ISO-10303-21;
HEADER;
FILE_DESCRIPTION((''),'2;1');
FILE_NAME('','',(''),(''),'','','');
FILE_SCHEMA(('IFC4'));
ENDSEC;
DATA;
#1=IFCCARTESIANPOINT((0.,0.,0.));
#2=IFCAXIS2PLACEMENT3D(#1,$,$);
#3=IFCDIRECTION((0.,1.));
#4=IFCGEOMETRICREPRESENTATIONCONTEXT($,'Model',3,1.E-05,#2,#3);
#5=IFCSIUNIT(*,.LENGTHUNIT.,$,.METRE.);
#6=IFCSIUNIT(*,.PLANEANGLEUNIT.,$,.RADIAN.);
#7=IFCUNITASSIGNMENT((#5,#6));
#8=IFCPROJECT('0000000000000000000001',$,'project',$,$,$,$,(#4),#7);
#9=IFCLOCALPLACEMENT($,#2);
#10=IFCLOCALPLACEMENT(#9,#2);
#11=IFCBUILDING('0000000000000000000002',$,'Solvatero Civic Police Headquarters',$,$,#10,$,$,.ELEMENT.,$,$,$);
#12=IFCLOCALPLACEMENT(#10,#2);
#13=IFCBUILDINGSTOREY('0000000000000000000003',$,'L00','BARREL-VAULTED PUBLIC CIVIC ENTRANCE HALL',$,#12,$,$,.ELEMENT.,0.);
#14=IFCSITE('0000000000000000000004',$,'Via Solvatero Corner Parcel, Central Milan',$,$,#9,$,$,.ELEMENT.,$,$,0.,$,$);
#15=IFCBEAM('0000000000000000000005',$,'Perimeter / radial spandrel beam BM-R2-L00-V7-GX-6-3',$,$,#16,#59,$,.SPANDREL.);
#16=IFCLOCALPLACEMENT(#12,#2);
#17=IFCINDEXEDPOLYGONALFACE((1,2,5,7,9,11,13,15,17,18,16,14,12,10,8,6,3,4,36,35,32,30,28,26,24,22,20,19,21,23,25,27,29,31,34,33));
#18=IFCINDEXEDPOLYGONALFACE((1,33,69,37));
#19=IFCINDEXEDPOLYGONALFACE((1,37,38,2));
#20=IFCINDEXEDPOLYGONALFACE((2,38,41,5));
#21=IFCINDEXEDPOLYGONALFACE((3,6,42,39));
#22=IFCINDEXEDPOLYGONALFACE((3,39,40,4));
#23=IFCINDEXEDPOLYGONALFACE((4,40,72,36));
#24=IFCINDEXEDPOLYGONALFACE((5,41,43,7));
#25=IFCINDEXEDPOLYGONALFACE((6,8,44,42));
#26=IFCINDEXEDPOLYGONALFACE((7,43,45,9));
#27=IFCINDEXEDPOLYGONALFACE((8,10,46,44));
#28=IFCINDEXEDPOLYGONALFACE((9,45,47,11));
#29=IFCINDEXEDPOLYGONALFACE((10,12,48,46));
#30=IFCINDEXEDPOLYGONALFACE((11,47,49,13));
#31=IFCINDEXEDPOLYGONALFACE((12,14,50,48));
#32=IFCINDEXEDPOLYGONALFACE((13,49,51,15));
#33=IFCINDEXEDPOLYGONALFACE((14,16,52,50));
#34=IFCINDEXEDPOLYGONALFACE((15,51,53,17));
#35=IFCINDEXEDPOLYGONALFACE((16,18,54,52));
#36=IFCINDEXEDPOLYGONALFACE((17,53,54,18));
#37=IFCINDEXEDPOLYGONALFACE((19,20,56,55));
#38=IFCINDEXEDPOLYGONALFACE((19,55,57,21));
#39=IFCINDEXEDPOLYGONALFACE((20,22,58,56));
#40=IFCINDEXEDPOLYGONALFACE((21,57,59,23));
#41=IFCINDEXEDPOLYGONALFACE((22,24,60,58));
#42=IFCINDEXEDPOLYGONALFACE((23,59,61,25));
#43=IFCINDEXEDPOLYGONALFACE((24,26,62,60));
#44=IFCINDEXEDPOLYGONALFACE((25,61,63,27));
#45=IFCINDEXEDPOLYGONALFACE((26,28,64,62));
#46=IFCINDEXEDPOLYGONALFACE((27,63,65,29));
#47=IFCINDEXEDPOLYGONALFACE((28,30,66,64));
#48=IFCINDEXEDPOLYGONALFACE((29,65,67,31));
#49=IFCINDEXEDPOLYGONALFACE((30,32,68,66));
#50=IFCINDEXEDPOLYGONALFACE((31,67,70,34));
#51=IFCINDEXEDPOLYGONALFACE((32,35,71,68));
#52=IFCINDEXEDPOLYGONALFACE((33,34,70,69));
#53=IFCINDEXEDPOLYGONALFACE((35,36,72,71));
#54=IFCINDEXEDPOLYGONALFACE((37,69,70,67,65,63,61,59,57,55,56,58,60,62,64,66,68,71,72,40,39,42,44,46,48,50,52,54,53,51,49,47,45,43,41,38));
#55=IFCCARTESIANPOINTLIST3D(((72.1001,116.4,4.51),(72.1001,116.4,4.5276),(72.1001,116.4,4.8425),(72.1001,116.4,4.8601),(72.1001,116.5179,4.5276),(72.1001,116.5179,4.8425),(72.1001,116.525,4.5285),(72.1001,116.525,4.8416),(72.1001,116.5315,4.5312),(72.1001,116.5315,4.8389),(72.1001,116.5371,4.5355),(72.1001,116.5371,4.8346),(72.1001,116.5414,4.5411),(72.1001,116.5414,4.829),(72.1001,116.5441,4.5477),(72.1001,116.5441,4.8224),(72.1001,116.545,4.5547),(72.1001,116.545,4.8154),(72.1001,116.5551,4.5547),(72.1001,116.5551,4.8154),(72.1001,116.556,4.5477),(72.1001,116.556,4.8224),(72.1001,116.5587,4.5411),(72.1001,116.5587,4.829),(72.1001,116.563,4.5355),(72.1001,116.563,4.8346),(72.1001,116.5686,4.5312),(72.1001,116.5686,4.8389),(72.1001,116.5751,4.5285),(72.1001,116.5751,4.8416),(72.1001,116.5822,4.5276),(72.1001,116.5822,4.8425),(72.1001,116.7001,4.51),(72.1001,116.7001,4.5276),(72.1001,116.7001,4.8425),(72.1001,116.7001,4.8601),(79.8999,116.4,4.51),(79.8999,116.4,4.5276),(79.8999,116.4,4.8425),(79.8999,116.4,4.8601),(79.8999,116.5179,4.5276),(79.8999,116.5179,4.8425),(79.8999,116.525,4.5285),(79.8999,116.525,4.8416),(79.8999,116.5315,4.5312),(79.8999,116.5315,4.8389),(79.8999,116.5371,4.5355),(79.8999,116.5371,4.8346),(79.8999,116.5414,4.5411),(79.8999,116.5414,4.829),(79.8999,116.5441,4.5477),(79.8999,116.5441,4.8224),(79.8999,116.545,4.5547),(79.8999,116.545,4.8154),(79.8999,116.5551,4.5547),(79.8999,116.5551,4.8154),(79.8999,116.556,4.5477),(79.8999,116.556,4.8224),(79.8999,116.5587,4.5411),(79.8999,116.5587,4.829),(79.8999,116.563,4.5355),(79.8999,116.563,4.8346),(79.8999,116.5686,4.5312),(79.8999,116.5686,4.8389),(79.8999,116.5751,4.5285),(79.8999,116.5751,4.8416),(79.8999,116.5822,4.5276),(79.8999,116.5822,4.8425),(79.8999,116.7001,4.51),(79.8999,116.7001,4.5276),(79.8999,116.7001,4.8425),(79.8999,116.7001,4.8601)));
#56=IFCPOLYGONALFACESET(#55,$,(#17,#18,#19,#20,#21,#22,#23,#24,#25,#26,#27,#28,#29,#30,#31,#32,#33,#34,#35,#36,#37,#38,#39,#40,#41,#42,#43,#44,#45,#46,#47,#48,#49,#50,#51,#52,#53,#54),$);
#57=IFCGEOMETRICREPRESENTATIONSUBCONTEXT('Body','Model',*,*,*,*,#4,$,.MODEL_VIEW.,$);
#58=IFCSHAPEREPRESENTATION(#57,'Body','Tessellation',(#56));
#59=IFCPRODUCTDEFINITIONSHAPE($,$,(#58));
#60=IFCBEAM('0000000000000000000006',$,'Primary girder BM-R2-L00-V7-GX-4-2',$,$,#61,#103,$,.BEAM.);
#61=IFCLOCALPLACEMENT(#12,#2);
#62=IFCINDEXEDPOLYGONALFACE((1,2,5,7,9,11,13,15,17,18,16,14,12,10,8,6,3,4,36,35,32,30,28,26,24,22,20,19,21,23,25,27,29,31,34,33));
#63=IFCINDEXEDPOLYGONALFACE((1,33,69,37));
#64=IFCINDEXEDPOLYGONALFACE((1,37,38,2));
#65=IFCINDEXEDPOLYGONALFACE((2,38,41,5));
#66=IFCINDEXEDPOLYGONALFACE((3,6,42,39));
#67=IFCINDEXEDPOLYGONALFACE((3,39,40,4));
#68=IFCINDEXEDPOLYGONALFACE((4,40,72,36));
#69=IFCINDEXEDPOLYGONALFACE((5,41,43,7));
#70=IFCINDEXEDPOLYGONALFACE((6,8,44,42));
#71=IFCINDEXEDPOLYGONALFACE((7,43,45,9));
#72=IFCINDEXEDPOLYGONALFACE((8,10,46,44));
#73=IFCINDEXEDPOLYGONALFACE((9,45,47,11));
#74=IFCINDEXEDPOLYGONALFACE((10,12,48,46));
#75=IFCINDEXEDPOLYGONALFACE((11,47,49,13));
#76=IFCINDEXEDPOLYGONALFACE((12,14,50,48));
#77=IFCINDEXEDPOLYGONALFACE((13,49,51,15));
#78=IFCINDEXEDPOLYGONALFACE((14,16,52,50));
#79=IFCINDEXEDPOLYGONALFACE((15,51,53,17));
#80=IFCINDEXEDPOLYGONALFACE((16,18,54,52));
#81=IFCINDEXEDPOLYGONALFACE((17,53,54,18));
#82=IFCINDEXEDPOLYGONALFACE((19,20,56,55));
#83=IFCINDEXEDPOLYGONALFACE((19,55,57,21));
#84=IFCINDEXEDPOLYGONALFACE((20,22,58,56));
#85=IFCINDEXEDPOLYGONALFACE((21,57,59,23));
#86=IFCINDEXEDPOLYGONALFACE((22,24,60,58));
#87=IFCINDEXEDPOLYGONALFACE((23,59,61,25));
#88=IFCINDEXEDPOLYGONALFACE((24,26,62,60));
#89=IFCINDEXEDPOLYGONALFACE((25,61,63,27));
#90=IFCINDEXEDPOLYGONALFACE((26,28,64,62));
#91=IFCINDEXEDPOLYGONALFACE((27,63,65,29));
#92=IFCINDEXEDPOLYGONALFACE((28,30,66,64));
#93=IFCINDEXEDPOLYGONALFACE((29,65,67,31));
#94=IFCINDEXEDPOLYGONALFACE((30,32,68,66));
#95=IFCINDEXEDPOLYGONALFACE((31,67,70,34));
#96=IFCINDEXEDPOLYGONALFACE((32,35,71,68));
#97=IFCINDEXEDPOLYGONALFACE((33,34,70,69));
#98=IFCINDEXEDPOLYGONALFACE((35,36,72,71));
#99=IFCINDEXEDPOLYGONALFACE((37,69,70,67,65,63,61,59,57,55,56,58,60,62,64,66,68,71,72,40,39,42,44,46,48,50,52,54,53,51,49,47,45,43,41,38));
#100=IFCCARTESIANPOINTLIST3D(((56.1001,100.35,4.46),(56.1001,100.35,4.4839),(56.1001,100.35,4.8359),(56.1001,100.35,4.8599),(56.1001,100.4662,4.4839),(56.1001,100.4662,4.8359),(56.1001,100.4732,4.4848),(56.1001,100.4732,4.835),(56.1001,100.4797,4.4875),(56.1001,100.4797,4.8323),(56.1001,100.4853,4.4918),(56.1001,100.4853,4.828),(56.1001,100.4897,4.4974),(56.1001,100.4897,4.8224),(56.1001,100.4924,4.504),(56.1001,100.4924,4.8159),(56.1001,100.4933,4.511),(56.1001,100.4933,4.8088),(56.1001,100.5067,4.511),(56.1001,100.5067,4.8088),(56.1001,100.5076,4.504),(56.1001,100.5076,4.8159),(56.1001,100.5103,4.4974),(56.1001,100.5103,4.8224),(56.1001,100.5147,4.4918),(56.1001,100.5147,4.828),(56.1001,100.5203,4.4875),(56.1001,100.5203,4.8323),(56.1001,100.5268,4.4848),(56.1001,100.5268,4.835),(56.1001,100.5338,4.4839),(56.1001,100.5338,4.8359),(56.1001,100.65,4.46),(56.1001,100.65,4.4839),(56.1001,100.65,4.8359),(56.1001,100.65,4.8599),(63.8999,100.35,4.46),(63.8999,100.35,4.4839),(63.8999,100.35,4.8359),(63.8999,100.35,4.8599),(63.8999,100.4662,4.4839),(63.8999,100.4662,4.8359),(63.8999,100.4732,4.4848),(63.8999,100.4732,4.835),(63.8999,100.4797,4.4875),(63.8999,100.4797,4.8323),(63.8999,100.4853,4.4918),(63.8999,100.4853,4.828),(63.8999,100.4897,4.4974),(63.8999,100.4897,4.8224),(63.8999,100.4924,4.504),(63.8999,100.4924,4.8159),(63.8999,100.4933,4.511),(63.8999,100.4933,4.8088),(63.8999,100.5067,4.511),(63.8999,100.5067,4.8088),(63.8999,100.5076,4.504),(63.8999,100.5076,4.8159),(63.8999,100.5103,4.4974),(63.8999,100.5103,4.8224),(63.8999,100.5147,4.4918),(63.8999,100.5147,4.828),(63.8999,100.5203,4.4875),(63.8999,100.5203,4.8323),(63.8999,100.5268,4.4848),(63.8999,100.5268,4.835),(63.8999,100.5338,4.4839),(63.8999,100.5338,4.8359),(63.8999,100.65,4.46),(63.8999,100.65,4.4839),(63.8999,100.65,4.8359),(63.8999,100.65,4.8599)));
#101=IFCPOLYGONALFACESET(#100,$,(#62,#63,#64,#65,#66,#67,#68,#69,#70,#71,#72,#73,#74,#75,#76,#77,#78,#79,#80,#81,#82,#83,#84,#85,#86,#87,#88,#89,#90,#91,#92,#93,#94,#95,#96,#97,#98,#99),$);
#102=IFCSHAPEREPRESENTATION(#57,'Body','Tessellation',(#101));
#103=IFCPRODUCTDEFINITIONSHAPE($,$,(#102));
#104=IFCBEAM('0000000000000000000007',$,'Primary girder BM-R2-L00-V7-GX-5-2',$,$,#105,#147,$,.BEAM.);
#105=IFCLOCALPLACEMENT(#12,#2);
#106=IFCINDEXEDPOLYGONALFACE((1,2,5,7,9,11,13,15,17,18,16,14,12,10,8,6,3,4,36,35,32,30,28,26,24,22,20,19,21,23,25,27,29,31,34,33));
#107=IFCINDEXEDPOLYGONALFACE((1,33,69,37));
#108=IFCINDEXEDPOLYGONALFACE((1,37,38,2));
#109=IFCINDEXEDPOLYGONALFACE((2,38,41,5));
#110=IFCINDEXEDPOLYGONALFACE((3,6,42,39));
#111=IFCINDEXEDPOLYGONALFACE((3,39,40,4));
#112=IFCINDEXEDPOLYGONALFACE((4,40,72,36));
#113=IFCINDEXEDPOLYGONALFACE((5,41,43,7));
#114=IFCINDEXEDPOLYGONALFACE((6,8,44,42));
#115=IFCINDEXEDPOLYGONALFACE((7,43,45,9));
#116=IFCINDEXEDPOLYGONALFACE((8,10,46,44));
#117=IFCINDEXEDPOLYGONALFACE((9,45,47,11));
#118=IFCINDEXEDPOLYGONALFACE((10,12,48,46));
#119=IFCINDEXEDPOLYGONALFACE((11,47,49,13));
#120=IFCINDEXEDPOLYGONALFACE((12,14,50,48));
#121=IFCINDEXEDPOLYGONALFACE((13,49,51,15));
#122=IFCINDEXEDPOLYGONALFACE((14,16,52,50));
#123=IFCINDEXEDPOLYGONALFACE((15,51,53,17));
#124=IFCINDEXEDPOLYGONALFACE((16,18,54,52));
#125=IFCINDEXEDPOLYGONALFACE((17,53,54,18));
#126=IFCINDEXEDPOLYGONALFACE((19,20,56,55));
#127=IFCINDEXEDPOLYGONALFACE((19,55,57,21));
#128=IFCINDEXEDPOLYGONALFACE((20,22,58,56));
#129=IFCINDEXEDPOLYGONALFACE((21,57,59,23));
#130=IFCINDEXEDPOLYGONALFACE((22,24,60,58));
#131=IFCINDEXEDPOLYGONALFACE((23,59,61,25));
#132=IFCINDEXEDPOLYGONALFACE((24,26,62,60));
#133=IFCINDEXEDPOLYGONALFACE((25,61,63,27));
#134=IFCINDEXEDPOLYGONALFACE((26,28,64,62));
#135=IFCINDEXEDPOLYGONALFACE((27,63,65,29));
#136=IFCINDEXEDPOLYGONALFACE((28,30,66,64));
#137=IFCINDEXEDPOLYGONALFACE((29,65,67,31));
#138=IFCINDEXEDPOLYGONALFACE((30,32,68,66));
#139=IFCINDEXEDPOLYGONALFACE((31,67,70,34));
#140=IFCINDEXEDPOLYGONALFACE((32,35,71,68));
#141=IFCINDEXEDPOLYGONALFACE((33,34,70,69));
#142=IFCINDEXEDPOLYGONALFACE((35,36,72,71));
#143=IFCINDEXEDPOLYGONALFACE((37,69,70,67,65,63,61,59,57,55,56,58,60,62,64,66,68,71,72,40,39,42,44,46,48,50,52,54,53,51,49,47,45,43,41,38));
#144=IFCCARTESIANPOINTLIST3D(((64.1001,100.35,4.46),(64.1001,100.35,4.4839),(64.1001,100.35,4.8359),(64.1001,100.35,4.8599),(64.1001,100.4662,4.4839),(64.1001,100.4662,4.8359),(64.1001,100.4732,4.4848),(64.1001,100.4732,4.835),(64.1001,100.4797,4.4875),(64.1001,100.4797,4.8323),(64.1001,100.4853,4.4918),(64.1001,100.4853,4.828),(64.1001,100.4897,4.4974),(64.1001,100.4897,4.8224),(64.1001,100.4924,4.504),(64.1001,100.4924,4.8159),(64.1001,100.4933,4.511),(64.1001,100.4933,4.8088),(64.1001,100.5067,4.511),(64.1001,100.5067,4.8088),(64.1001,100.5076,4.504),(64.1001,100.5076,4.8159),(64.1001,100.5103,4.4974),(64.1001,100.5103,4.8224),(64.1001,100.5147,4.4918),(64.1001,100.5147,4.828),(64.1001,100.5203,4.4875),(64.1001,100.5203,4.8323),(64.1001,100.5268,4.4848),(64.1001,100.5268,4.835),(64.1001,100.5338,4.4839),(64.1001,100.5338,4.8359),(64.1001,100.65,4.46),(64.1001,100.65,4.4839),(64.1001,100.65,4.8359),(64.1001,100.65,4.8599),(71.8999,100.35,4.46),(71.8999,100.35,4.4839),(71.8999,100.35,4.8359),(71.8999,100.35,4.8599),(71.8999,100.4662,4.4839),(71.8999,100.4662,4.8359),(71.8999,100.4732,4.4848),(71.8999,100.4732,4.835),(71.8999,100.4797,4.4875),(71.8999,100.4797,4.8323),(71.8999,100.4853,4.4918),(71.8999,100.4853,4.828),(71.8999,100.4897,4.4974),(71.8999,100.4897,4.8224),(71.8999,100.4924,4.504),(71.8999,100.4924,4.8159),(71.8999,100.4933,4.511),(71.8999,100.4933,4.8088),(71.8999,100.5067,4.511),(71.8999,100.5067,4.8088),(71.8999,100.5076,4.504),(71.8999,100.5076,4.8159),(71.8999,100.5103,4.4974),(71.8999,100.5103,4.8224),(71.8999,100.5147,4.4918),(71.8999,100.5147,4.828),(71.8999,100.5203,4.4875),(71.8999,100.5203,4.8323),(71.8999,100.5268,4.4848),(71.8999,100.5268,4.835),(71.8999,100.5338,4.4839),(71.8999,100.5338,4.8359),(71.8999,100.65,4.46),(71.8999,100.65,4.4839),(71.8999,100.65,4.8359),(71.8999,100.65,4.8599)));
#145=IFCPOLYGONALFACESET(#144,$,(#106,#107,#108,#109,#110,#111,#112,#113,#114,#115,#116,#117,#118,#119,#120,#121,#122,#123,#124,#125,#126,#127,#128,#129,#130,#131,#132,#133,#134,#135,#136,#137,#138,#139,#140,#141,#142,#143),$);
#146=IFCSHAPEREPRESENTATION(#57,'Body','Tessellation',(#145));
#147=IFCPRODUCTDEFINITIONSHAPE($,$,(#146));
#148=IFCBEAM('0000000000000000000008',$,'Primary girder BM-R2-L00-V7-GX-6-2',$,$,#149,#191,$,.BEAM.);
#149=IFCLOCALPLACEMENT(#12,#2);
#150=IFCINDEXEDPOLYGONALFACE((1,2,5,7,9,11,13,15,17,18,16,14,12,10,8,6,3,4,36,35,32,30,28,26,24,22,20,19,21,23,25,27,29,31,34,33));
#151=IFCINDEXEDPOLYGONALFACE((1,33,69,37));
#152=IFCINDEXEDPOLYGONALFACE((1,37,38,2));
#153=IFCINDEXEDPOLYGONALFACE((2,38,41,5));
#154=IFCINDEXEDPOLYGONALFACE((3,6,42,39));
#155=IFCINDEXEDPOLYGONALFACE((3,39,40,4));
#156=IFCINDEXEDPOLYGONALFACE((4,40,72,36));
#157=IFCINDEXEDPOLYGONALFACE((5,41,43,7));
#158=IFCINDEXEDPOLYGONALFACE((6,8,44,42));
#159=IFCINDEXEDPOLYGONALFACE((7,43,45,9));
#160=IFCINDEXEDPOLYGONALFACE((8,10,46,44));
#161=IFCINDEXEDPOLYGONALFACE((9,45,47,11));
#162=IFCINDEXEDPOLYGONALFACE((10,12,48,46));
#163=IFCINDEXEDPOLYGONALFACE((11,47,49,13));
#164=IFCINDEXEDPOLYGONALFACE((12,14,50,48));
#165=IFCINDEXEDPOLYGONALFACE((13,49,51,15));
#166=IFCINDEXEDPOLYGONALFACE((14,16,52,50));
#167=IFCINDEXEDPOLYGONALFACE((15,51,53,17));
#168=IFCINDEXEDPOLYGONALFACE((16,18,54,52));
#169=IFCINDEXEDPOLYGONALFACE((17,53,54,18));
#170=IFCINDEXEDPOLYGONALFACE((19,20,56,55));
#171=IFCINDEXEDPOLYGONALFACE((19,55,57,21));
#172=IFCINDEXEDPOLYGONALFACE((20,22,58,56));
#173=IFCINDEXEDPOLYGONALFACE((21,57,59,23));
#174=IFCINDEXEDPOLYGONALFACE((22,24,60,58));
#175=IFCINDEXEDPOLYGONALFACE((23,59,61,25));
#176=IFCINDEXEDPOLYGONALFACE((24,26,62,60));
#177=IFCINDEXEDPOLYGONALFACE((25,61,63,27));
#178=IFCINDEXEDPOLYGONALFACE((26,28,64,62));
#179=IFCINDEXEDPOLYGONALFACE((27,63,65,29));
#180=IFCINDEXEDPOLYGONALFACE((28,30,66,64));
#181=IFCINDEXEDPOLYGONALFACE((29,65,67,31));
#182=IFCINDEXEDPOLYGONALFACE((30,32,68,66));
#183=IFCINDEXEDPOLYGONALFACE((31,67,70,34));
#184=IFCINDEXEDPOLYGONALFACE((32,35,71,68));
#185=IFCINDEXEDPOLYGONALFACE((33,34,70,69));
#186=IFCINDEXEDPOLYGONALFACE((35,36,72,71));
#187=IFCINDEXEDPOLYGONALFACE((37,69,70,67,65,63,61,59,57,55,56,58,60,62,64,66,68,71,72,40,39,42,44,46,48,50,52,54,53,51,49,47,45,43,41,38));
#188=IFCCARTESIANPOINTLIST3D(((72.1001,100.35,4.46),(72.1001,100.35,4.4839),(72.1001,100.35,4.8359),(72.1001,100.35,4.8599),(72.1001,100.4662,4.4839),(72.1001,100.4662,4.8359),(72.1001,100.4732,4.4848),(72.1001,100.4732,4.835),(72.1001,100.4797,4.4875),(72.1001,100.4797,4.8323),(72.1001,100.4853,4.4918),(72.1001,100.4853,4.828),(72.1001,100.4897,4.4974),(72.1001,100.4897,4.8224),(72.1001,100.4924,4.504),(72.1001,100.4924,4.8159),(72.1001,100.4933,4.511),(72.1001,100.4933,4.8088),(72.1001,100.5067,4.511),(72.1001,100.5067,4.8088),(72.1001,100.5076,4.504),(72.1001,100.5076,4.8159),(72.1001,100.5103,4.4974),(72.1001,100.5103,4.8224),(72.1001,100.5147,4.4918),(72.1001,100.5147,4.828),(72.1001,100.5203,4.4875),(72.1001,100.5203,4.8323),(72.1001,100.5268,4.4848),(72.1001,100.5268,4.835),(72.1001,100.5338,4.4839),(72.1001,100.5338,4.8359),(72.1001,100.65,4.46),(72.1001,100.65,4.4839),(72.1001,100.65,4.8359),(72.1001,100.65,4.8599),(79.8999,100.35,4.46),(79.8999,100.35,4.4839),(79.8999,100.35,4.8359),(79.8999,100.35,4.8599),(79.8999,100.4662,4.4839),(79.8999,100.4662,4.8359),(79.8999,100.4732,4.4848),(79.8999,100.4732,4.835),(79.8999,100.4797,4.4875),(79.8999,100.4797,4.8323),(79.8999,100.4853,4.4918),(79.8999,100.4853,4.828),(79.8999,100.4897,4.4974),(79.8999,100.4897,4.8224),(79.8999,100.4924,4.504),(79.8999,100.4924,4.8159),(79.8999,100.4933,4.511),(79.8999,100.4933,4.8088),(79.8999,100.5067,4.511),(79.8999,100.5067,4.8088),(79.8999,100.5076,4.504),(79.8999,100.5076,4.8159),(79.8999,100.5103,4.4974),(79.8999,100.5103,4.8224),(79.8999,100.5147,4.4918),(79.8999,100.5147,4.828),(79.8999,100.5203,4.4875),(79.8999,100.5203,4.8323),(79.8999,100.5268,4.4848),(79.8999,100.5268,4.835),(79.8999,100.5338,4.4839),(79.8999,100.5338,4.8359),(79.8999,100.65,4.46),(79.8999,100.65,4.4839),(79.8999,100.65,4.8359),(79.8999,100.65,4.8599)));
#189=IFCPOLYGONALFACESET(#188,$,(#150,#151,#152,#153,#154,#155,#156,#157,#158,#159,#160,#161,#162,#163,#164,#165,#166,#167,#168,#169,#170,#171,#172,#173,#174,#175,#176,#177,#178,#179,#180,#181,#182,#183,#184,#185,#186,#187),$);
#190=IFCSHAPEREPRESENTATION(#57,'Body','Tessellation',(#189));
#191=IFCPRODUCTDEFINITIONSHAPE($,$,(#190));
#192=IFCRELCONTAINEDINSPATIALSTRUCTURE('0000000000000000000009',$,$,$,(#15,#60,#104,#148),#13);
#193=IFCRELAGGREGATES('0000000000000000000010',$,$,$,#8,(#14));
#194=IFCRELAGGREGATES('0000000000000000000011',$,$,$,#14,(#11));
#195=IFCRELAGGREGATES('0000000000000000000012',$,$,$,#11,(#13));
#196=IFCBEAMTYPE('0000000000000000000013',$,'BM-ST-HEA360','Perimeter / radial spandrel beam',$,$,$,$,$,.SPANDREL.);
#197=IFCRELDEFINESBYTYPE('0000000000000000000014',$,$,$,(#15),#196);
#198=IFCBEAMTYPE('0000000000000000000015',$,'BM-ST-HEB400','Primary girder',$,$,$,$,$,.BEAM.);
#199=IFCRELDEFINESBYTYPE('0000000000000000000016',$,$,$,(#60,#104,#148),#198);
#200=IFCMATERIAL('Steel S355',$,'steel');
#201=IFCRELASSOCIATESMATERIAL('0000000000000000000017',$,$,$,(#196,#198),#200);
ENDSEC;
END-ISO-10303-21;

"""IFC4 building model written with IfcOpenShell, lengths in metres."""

from ifc_helpers import new_model, si_unit, direction, frame, origin, origin_2d, place, context, subcontext, project, spatial, i_section, extrude, material, material_profile, profile_set, type_object, element, save


model = new_model("IFC4")

# Units and contexts
model_context = context("Model", 3, precision=1e-05, world=origin(), true_north=direction((0.0, 1.0)))
body_context = subcontext(model_context, "Body", "Model", "MODEL_VIEW")
ifc_project = project(units=[si_unit("LENGTHUNIT", "METRE"), si_unit("PLANEANGLEUNIT", "RADIAN")], contexts=[model_context])

# Site, building, storey
site_placement = place(None, origin())
site = spatial("IfcSite", under=ifc_project, at=site_placement, Name="Via Solvatero Corner Parcel, Central Milan", CompositionType="ELEMENT", RefElevation=0.0)
building_placement = place(site_placement, origin())
building = spatial("IfcBuilding", under=site, at=building_placement, Name="Solvatero Civic Police Headquarters", CompositionType="ELEMENT")
storey_placement = place(building_placement, origin())
storey = spatial("IfcBuildingStorey", under=building, at=storey_placement, Name="L00", Description="BARREL-VAULTED PUBLIC CIVIC ENTRANCE HALL", CompositionType="ELEMENT", Elevation=0.0)

# Beams
ifc_material_1 = material(Name="Steel S355", Category="steel")
ifc_material_profile_1 = material_profile(ifc_material_1, i_section(OverallWidth=0.3, OverallDepth=0.3501, WebThickness=0.01, FlangeThickness=0.0176, FilletRadius=0.0271, at=origin_2d()), Name="HEA 360")
ifc_profile_set_1 = profile_set([ifc_material_profile_1], Name="Steel S355")
beam_type_1 = type_object("IfcBeamType", Name="BM-ST-HEA360", Description="Perimeter / radial spandrel beam", PredefinedType="SPANDREL", material=ifc_profile_set_1)
for number, where, z_axis, x_axis, name in (
    (1, (72.1001, 116.55, 4.6851), (1.0, 0.0, 0.0), (0.0, 1.0, 0.0), "Perimeter / radial spandrel beam BM-R2-L00-V7-GX-6-3"),
):
    element("IfcBeam", number, at=place(storey_placement, frame(where, z_axis=z_axis, x_axis=x_axis)), inside=storey, type_object=beam_type_1, Name=name, PredefinedType="SPANDREL", context=body_context, shape_type="SweptSolid", body=[
        extrude(i_section(OverallWidth=0.3, OverallDepth=0.3501, WebThickness=0.01, FlangeThickness=0.0176, FilletRadius=0.0271, at=origin_2d()), origin(), (0.0, 0.0, 1.0), 7.7998),
    ])
ifc_material_profile_2 = material_profile(ifc_material_1, i_section(OverallWidth=0.3, OverallDepth=0.3999, WebThickness=0.0134, FlangeThickness=0.0239, FilletRadius=0.0271, at=origin_2d()), Name="HEB 400")
ifc_profile_set_2 = profile_set([ifc_material_profile_2], Name="Steel S355")
beam_type_2 = type_object("IfcBeamType", Name="BM-ST-HEB400", Description="Primary girder", PredefinedType="BEAM", material=ifc_profile_set_2)
for number, where, z_axis, x_axis, name in (
    (2, (56.1001, 100.5, 4.6599), (1.0, 0.0, 0.0), (0.0, 1.0, 0.0), "Primary girder BM-R2-L00-V7-GX-4-2"),
    (3, (64.1001, 100.5, 4.6599), (1.0, 0.0, 0.0), (0.0, 1.0, 0.0), "Primary girder BM-R2-L00-V7-GX-5-2"),
    (4, (72.1001, 100.5, 4.6599), (1.0, 0.0, 0.0), (0.0, 1.0, 0.0), "Primary girder BM-R2-L00-V7-GX-6-2"),
):
    element("IfcBeam", number, at=place(storey_placement, frame(where, z_axis=z_axis, x_axis=x_axis)), inside=storey, type_object=beam_type_2, Name=name, PredefinedType="BEAM", context=body_context, shape_type="SweptSolid", body=[
        extrude(i_section(OverallWidth=0.3, OverallDepth=0.3999, WebThickness=0.0134, FlangeThickness=0.0239, FilletRadius=0.0271, at=origin_2d()), origin(), (0.0, 0.0, 1.0), 7.7998),
    ])

save(model, "model.ifc")
